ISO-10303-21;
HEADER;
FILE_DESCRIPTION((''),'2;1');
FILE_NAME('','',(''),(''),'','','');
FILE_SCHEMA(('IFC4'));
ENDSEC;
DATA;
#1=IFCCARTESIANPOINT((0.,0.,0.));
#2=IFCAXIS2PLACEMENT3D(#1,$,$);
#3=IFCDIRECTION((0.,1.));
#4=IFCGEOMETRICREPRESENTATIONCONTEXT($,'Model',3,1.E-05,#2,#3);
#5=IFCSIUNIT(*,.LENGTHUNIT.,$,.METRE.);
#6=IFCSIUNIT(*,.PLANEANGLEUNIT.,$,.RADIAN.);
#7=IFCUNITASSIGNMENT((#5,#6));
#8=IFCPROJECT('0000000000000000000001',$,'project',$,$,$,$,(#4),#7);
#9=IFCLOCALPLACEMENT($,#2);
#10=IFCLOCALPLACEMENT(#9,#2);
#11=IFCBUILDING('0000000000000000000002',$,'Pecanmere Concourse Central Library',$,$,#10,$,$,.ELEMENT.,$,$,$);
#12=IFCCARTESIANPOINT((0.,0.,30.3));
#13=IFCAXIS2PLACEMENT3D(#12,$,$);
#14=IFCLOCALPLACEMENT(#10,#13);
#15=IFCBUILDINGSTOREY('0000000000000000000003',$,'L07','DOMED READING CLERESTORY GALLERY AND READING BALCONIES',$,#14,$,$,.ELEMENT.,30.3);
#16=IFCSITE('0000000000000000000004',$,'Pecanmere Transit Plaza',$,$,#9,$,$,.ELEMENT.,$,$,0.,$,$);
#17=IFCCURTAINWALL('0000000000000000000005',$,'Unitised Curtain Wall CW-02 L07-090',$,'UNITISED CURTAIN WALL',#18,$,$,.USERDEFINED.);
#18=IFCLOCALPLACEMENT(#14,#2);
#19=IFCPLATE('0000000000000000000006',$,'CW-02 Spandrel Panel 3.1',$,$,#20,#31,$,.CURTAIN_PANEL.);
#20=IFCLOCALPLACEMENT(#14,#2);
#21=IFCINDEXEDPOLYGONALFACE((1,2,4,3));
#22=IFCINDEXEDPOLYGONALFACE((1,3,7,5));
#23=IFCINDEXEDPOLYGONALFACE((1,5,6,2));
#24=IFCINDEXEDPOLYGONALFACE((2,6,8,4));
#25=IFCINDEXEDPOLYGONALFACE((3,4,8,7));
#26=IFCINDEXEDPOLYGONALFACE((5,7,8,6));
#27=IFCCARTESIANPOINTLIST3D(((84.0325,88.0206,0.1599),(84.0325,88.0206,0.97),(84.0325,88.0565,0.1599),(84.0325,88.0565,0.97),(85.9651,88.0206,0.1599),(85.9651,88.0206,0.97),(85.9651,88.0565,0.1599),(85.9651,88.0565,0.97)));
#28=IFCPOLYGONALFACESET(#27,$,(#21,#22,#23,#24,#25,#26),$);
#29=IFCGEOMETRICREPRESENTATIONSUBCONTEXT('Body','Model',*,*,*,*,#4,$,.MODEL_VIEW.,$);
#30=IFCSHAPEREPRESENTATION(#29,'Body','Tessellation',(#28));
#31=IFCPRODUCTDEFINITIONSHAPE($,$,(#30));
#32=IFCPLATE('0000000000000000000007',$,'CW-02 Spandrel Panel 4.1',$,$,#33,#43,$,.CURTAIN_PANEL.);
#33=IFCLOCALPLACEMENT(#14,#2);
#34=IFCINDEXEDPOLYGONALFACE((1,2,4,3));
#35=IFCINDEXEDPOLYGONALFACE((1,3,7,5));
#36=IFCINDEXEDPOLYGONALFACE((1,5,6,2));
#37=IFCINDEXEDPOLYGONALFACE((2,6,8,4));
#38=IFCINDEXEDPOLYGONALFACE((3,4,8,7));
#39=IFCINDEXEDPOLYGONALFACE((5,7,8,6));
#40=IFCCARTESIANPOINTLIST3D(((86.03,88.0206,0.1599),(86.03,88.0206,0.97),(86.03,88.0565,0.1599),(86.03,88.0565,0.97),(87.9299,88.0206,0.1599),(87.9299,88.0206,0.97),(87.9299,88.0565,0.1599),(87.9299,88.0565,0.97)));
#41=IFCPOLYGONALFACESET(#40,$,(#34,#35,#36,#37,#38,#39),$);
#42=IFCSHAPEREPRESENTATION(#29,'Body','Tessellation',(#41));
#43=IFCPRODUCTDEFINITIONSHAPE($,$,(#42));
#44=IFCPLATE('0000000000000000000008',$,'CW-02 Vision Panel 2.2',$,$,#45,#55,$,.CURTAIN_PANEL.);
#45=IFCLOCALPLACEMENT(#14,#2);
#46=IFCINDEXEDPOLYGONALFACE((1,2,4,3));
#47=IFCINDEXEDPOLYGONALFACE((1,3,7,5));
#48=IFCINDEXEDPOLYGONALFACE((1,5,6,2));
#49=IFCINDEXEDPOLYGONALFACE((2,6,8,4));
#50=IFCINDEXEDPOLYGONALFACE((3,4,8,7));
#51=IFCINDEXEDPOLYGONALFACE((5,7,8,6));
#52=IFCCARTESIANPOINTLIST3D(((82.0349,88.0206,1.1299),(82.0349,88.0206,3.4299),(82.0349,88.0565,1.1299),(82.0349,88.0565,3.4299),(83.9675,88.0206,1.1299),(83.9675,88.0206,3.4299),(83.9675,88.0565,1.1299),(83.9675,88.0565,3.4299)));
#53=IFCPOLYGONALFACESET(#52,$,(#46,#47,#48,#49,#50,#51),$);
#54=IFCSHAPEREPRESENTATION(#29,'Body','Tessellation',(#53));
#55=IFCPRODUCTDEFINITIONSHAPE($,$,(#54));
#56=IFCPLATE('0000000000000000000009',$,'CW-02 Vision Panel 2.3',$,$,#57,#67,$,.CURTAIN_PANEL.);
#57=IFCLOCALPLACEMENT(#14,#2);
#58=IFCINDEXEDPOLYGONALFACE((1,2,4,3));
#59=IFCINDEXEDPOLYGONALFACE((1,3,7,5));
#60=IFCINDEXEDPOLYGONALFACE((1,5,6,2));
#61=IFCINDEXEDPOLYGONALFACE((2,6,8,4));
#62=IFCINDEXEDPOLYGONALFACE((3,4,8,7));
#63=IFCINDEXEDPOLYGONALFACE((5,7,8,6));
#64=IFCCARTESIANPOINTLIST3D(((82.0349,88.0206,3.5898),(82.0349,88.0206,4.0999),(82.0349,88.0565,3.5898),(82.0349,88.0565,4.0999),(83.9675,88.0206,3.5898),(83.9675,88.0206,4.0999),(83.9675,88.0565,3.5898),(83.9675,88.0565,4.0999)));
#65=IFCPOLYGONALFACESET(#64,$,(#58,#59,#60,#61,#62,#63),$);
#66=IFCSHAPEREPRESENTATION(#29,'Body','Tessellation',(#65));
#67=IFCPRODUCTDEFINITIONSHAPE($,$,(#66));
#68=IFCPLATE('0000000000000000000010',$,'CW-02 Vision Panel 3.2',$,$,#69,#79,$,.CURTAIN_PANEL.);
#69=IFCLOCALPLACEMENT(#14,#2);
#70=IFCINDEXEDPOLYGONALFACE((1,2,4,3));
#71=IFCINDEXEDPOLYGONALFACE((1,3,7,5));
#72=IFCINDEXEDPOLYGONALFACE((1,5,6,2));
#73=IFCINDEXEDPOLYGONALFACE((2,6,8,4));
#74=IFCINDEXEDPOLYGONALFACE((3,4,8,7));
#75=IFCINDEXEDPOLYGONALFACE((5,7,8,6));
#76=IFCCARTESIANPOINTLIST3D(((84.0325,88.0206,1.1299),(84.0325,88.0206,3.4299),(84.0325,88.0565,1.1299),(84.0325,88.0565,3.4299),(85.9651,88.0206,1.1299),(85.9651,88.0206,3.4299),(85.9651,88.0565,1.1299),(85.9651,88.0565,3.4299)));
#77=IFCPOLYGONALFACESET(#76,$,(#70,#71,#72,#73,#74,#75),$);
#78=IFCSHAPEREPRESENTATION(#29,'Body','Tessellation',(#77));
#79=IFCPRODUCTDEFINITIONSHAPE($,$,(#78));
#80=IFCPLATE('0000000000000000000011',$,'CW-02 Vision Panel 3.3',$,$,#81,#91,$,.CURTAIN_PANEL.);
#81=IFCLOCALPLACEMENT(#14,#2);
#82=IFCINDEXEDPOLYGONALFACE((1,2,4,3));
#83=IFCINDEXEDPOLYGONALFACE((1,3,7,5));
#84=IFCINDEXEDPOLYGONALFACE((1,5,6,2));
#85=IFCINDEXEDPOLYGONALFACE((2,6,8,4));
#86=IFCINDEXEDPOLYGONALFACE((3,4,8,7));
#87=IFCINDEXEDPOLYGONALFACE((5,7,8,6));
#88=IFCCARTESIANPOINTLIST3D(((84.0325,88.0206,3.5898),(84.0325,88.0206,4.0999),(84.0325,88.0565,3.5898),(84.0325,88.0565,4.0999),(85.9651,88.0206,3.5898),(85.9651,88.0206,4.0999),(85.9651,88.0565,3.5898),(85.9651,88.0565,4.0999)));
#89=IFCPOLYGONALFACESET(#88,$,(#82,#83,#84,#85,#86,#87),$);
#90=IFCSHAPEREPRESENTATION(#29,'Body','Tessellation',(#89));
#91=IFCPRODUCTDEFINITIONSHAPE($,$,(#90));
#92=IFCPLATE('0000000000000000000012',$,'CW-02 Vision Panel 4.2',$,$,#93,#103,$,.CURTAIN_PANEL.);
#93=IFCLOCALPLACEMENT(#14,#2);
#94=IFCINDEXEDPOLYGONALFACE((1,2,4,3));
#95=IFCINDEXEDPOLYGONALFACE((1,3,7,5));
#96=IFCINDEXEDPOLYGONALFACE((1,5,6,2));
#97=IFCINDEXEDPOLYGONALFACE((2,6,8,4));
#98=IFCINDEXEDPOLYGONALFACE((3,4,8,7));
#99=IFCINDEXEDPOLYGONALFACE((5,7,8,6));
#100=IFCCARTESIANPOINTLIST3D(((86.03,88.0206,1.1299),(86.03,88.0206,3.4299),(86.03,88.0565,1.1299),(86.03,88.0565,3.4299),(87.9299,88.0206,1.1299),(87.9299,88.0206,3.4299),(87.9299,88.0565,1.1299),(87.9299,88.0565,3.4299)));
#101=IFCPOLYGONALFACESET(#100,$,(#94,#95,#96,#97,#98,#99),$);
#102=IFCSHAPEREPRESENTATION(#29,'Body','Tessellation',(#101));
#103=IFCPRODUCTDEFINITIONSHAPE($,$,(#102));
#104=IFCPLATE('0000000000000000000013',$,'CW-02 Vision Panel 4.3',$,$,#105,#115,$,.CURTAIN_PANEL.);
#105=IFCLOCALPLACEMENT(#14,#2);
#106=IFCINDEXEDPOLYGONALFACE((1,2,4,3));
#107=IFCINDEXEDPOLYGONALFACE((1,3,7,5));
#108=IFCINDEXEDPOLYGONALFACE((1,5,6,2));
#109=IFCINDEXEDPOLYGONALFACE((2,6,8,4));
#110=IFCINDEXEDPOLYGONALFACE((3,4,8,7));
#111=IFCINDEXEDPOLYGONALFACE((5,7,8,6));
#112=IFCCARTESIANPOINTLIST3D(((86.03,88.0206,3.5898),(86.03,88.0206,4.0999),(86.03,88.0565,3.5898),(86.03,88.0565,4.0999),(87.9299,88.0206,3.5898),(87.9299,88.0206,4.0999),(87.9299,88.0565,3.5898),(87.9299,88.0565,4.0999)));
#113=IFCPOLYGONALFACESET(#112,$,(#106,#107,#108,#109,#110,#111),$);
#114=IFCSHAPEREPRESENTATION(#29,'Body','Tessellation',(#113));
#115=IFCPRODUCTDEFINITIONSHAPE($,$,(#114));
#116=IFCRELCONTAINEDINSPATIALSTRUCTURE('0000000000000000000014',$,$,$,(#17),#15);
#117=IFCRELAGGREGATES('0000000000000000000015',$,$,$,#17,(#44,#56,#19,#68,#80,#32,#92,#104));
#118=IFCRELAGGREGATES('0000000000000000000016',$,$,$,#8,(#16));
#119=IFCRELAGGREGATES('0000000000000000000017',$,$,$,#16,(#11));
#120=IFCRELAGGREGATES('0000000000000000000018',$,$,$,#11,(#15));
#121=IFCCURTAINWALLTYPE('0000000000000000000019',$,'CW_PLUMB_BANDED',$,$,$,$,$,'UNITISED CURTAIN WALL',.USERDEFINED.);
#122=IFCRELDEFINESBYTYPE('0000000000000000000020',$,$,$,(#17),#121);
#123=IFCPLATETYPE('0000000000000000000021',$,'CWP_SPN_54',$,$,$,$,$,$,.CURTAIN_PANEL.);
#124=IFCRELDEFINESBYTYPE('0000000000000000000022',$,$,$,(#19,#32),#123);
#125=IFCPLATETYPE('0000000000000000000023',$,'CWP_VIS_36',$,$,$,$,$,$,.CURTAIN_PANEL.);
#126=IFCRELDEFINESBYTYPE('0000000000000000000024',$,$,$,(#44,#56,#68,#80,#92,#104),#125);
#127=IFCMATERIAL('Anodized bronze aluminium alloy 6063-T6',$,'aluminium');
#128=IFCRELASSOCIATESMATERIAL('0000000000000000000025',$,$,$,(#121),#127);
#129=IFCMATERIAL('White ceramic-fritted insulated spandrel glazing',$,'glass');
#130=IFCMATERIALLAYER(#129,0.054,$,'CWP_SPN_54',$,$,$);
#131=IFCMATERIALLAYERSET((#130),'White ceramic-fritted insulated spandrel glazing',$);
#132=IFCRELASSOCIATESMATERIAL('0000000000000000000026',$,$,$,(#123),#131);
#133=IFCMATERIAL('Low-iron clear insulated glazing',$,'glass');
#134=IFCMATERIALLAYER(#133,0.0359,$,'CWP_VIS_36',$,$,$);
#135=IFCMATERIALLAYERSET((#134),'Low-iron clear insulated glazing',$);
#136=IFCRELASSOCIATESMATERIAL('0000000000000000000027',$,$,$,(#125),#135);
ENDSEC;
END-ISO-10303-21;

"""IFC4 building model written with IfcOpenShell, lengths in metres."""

from ifc_helpers import new_model, si_unit, direction, frame, origin, origin_2d, place, context, subcontext, project, spatial, rectangle, extrude, material, layer, layer_set, type_object, element, aggregate, save


model = new_model("IFC4")

# Units and contexts
model_context = context("Model", 3, precision=1e-05, world=origin(), true_north=direction((0.0, 1.0)))
body_context = subcontext(model_context, "Body", "Model", "MODEL_VIEW")
ifc_project = project(units=[si_unit("LENGTHUNIT", "METRE"), si_unit("PLANEANGLEUNIT", "RADIAN")], contexts=[model_context])

# Site, building, storey
site_placement = place(None, origin())
site = spatial("IfcSite", under=ifc_project, at=site_placement, Name="Pecanmere Transit Plaza", CompositionType="ELEMENT", RefElevation=0.0)
building_placement = place(site_placement, origin())
building = spatial("IfcBuilding", under=site, at=building_placement, Name="Pecanmere Concourse Central Library", CompositionType="ELEMENT")
storey_placement = place(building_placement, frame((0.0, 0.0, 30.3)))
storey = spatial("IfcBuildingStorey", under=building, at=storey_placement, Name="L07", Description="DOMED READING CLERESTORY GALLERY AND READING BALCONIES", CompositionType="ELEMENT", Elevation=30.3)

# Curtain wall
ifc_material_1 = material(Name="Anodized bronze aluminium alloy 6063-T6", Category="aluminium")
curtain_wall_type = type_object("IfcCurtainWallType", Name="CW_PLUMB_BANDED", ElementType="UNITISED CURTAIN WALL", PredefinedType="USERDEFINED", material=ifc_material_1)
curtain_wall_placement = place(storey_placement, origin())
curtain_wall = element("IfcCurtainWall", 1, at=curtain_wall_placement, inside=storey, type_object=curtain_wall_type, Name="Unitised Curtain Wall CW-02 L07-090", ObjectType="UNITISED CURTAIN WALL", PredefinedType="USERDEFINED")

# Plates
ifc_material_2 = material(Name="White ceramic-fritted insulated spandrel glazing", Category="glass")
ifc_layer_1 = layer(ifc_material_2, 0.054, Name="CWP_SPN_54")
ifc_layer_set_1 = layer_set([ifc_layer_1], Name="White ceramic-fritted insulated spandrel glazing")
plate_type_1 = type_object("IfcPlateType", Name="CWP_SPN_54", PredefinedType="CURTAIN_PANEL", material=ifc_layer_set_1)
plate_1_placement = place(storey_placement, frame((84.9988, 88.0386, 0.1599), z_axis=(0.0, 0.0, 1.0), x_axis=(1.0, 0.0, 0.0)))
plate_1 = element("IfcPlate", 2, at=plate_1_placement, type_object=plate_type_1, Name="CW-02 Spandrel Panel 3.1", PredefinedType="CURTAIN_PANEL", context=body_context, shape_type="SweptSolid", body=[
    extrude(rectangle(XDim=1.9326, YDim=0.0359, at=origin_2d()), origin(), (0.0, 0.0, 1.0), 0.8101),
])
plate_2_placement = place(storey_placement, frame((86.98, 88.0386, 0.1599), z_axis=(0.0, 0.0, 1.0), x_axis=(1.0, 0.0, 0.0)))
plate_2 = element("IfcPlate", 3, at=plate_2_placement, type_object=plate_type_1, Name="CW-02 Spandrel Panel 4.1", PredefinedType="CURTAIN_PANEL", context=body_context, shape_type="SweptSolid", body=[
    extrude(rectangle(XDim=1.8999, YDim=0.0359, at=origin_2d()), origin(), (0.0, 0.0, 1.0), 0.8101),
])
ifc_material_3 = material(Name="Low-iron clear insulated glazing", Category="glass")
ifc_layer_2 = layer(ifc_material_3, 0.0359, Name="CWP_VIS_36")
ifc_layer_set_2 = layer_set([ifc_layer_2], Name="Low-iron clear insulated glazing")
plate_type_2 = type_object("IfcPlateType", Name="CWP_VIS_36", PredefinedType="CURTAIN_PANEL", material=ifc_layer_set_2)
plate_3_placement = place(storey_placement, frame((83.0012, 88.0386, 1.1299), z_axis=(0.0, 0.0, 1.0), x_axis=(1.0, 0.0, 0.0)))
plate_3 = element("IfcPlate", 4, at=plate_3_placement, type_object=plate_type_2, Name="CW-02 Vision Panel 2.2", PredefinedType="CURTAIN_PANEL", context=body_context, shape_type="SweptSolid", body=[
    extrude(rectangle(XDim=1.9326, YDim=0.0359, at=origin_2d()), origin(), (0.0, 0.0, 1.0), 2.3),
])
plate_4_placement = place(storey_placement, frame((83.0012, 88.0386, 3.5898), z_axis=(0.0, 0.0, 1.0), x_axis=(1.0, 0.0, 0.0)))
plate_4 = element("IfcPlate", 5, at=plate_4_placement, type_object=plate_type_2, Name="CW-02 Vision Panel 2.3", PredefinedType="CURTAIN_PANEL", context=body_context, shape_type="SweptSolid", body=[
    extrude(rectangle(XDim=1.9326, YDim=0.0359, at=origin_2d()), origin(), (0.0, 0.0, 1.0), 0.51),
])
plate_5_placement = place(storey_placement, frame((84.9988, 88.0386, 1.1299), z_axis=(0.0, 0.0, 1.0), x_axis=(1.0, 0.0, 0.0)))
plate_5 = element("IfcPlate", 6, at=plate_5_placement, type_object=plate_type_2, Name="CW-02 Vision Panel 3.2", PredefinedType="CURTAIN_PANEL", context=body_context, shape_type="SweptSolid", body=[
    extrude(rectangle(XDim=1.9326, YDim=0.0359, at=origin_2d()), origin(), (0.0, 0.0, 1.0), 2.3),
])
plate_6_placement = place(storey_placement, frame((84.9988, 88.0386, 3.5898), z_axis=(0.0, 0.0, 1.0), x_axis=(1.0, 0.0, 0.0)))
plate_6 = element("IfcPlate", 7, at=plate_6_placement, type_object=plate_type_2, Name="CW-02 Vision Panel 3.3", PredefinedType="CURTAIN_PANEL", context=body_context, shape_type="SweptSolid", body=[
    extrude(rectangle(XDim=1.9326, YDim=0.0359, at=origin_2d()), origin(), (0.0, 0.0, 1.0), 0.51),
])
plate_7_placement = place(storey_placement, frame((86.98, 88.0386, 1.1299), z_axis=(0.0, 0.0, 1.0), x_axis=(1.0, 0.0, 0.0)))
plate_7 = element("IfcPlate", 8, at=plate_7_placement, type_object=plate_type_2, Name="CW-02 Vision Panel 4.2", PredefinedType="CURTAIN_PANEL", context=body_context, shape_type="SweptSolid", body=[
    extrude(rectangle(XDim=1.8999, YDim=0.0359, at=origin_2d()), origin(), (0.0, 0.0, 1.0), 2.3),
])
plate_8_placement = place(storey_placement, frame((86.98, 88.0386, 3.5898), z_axis=(0.0, 0.0, 1.0), x_axis=(1.0, 0.0, 0.0)))
plate_8 = element("IfcPlate", 9, at=plate_8_placement, type_object=plate_type_2, Name="CW-02 Vision Panel 4.3", PredefinedType="CURTAIN_PANEL", context=body_context, shape_type="SweptSolid", body=[
    extrude(rectangle(XDim=1.8999, YDim=0.0359, at=origin_2d()), origin(), (0.0, 0.0, 1.0), 0.51),
])
aggregate(curtain_wall, [plate_3, plate_4, plate_1, plate_5, plate_6, plate_2, plate_7, plate_8])

save(model, "model.ifc")
